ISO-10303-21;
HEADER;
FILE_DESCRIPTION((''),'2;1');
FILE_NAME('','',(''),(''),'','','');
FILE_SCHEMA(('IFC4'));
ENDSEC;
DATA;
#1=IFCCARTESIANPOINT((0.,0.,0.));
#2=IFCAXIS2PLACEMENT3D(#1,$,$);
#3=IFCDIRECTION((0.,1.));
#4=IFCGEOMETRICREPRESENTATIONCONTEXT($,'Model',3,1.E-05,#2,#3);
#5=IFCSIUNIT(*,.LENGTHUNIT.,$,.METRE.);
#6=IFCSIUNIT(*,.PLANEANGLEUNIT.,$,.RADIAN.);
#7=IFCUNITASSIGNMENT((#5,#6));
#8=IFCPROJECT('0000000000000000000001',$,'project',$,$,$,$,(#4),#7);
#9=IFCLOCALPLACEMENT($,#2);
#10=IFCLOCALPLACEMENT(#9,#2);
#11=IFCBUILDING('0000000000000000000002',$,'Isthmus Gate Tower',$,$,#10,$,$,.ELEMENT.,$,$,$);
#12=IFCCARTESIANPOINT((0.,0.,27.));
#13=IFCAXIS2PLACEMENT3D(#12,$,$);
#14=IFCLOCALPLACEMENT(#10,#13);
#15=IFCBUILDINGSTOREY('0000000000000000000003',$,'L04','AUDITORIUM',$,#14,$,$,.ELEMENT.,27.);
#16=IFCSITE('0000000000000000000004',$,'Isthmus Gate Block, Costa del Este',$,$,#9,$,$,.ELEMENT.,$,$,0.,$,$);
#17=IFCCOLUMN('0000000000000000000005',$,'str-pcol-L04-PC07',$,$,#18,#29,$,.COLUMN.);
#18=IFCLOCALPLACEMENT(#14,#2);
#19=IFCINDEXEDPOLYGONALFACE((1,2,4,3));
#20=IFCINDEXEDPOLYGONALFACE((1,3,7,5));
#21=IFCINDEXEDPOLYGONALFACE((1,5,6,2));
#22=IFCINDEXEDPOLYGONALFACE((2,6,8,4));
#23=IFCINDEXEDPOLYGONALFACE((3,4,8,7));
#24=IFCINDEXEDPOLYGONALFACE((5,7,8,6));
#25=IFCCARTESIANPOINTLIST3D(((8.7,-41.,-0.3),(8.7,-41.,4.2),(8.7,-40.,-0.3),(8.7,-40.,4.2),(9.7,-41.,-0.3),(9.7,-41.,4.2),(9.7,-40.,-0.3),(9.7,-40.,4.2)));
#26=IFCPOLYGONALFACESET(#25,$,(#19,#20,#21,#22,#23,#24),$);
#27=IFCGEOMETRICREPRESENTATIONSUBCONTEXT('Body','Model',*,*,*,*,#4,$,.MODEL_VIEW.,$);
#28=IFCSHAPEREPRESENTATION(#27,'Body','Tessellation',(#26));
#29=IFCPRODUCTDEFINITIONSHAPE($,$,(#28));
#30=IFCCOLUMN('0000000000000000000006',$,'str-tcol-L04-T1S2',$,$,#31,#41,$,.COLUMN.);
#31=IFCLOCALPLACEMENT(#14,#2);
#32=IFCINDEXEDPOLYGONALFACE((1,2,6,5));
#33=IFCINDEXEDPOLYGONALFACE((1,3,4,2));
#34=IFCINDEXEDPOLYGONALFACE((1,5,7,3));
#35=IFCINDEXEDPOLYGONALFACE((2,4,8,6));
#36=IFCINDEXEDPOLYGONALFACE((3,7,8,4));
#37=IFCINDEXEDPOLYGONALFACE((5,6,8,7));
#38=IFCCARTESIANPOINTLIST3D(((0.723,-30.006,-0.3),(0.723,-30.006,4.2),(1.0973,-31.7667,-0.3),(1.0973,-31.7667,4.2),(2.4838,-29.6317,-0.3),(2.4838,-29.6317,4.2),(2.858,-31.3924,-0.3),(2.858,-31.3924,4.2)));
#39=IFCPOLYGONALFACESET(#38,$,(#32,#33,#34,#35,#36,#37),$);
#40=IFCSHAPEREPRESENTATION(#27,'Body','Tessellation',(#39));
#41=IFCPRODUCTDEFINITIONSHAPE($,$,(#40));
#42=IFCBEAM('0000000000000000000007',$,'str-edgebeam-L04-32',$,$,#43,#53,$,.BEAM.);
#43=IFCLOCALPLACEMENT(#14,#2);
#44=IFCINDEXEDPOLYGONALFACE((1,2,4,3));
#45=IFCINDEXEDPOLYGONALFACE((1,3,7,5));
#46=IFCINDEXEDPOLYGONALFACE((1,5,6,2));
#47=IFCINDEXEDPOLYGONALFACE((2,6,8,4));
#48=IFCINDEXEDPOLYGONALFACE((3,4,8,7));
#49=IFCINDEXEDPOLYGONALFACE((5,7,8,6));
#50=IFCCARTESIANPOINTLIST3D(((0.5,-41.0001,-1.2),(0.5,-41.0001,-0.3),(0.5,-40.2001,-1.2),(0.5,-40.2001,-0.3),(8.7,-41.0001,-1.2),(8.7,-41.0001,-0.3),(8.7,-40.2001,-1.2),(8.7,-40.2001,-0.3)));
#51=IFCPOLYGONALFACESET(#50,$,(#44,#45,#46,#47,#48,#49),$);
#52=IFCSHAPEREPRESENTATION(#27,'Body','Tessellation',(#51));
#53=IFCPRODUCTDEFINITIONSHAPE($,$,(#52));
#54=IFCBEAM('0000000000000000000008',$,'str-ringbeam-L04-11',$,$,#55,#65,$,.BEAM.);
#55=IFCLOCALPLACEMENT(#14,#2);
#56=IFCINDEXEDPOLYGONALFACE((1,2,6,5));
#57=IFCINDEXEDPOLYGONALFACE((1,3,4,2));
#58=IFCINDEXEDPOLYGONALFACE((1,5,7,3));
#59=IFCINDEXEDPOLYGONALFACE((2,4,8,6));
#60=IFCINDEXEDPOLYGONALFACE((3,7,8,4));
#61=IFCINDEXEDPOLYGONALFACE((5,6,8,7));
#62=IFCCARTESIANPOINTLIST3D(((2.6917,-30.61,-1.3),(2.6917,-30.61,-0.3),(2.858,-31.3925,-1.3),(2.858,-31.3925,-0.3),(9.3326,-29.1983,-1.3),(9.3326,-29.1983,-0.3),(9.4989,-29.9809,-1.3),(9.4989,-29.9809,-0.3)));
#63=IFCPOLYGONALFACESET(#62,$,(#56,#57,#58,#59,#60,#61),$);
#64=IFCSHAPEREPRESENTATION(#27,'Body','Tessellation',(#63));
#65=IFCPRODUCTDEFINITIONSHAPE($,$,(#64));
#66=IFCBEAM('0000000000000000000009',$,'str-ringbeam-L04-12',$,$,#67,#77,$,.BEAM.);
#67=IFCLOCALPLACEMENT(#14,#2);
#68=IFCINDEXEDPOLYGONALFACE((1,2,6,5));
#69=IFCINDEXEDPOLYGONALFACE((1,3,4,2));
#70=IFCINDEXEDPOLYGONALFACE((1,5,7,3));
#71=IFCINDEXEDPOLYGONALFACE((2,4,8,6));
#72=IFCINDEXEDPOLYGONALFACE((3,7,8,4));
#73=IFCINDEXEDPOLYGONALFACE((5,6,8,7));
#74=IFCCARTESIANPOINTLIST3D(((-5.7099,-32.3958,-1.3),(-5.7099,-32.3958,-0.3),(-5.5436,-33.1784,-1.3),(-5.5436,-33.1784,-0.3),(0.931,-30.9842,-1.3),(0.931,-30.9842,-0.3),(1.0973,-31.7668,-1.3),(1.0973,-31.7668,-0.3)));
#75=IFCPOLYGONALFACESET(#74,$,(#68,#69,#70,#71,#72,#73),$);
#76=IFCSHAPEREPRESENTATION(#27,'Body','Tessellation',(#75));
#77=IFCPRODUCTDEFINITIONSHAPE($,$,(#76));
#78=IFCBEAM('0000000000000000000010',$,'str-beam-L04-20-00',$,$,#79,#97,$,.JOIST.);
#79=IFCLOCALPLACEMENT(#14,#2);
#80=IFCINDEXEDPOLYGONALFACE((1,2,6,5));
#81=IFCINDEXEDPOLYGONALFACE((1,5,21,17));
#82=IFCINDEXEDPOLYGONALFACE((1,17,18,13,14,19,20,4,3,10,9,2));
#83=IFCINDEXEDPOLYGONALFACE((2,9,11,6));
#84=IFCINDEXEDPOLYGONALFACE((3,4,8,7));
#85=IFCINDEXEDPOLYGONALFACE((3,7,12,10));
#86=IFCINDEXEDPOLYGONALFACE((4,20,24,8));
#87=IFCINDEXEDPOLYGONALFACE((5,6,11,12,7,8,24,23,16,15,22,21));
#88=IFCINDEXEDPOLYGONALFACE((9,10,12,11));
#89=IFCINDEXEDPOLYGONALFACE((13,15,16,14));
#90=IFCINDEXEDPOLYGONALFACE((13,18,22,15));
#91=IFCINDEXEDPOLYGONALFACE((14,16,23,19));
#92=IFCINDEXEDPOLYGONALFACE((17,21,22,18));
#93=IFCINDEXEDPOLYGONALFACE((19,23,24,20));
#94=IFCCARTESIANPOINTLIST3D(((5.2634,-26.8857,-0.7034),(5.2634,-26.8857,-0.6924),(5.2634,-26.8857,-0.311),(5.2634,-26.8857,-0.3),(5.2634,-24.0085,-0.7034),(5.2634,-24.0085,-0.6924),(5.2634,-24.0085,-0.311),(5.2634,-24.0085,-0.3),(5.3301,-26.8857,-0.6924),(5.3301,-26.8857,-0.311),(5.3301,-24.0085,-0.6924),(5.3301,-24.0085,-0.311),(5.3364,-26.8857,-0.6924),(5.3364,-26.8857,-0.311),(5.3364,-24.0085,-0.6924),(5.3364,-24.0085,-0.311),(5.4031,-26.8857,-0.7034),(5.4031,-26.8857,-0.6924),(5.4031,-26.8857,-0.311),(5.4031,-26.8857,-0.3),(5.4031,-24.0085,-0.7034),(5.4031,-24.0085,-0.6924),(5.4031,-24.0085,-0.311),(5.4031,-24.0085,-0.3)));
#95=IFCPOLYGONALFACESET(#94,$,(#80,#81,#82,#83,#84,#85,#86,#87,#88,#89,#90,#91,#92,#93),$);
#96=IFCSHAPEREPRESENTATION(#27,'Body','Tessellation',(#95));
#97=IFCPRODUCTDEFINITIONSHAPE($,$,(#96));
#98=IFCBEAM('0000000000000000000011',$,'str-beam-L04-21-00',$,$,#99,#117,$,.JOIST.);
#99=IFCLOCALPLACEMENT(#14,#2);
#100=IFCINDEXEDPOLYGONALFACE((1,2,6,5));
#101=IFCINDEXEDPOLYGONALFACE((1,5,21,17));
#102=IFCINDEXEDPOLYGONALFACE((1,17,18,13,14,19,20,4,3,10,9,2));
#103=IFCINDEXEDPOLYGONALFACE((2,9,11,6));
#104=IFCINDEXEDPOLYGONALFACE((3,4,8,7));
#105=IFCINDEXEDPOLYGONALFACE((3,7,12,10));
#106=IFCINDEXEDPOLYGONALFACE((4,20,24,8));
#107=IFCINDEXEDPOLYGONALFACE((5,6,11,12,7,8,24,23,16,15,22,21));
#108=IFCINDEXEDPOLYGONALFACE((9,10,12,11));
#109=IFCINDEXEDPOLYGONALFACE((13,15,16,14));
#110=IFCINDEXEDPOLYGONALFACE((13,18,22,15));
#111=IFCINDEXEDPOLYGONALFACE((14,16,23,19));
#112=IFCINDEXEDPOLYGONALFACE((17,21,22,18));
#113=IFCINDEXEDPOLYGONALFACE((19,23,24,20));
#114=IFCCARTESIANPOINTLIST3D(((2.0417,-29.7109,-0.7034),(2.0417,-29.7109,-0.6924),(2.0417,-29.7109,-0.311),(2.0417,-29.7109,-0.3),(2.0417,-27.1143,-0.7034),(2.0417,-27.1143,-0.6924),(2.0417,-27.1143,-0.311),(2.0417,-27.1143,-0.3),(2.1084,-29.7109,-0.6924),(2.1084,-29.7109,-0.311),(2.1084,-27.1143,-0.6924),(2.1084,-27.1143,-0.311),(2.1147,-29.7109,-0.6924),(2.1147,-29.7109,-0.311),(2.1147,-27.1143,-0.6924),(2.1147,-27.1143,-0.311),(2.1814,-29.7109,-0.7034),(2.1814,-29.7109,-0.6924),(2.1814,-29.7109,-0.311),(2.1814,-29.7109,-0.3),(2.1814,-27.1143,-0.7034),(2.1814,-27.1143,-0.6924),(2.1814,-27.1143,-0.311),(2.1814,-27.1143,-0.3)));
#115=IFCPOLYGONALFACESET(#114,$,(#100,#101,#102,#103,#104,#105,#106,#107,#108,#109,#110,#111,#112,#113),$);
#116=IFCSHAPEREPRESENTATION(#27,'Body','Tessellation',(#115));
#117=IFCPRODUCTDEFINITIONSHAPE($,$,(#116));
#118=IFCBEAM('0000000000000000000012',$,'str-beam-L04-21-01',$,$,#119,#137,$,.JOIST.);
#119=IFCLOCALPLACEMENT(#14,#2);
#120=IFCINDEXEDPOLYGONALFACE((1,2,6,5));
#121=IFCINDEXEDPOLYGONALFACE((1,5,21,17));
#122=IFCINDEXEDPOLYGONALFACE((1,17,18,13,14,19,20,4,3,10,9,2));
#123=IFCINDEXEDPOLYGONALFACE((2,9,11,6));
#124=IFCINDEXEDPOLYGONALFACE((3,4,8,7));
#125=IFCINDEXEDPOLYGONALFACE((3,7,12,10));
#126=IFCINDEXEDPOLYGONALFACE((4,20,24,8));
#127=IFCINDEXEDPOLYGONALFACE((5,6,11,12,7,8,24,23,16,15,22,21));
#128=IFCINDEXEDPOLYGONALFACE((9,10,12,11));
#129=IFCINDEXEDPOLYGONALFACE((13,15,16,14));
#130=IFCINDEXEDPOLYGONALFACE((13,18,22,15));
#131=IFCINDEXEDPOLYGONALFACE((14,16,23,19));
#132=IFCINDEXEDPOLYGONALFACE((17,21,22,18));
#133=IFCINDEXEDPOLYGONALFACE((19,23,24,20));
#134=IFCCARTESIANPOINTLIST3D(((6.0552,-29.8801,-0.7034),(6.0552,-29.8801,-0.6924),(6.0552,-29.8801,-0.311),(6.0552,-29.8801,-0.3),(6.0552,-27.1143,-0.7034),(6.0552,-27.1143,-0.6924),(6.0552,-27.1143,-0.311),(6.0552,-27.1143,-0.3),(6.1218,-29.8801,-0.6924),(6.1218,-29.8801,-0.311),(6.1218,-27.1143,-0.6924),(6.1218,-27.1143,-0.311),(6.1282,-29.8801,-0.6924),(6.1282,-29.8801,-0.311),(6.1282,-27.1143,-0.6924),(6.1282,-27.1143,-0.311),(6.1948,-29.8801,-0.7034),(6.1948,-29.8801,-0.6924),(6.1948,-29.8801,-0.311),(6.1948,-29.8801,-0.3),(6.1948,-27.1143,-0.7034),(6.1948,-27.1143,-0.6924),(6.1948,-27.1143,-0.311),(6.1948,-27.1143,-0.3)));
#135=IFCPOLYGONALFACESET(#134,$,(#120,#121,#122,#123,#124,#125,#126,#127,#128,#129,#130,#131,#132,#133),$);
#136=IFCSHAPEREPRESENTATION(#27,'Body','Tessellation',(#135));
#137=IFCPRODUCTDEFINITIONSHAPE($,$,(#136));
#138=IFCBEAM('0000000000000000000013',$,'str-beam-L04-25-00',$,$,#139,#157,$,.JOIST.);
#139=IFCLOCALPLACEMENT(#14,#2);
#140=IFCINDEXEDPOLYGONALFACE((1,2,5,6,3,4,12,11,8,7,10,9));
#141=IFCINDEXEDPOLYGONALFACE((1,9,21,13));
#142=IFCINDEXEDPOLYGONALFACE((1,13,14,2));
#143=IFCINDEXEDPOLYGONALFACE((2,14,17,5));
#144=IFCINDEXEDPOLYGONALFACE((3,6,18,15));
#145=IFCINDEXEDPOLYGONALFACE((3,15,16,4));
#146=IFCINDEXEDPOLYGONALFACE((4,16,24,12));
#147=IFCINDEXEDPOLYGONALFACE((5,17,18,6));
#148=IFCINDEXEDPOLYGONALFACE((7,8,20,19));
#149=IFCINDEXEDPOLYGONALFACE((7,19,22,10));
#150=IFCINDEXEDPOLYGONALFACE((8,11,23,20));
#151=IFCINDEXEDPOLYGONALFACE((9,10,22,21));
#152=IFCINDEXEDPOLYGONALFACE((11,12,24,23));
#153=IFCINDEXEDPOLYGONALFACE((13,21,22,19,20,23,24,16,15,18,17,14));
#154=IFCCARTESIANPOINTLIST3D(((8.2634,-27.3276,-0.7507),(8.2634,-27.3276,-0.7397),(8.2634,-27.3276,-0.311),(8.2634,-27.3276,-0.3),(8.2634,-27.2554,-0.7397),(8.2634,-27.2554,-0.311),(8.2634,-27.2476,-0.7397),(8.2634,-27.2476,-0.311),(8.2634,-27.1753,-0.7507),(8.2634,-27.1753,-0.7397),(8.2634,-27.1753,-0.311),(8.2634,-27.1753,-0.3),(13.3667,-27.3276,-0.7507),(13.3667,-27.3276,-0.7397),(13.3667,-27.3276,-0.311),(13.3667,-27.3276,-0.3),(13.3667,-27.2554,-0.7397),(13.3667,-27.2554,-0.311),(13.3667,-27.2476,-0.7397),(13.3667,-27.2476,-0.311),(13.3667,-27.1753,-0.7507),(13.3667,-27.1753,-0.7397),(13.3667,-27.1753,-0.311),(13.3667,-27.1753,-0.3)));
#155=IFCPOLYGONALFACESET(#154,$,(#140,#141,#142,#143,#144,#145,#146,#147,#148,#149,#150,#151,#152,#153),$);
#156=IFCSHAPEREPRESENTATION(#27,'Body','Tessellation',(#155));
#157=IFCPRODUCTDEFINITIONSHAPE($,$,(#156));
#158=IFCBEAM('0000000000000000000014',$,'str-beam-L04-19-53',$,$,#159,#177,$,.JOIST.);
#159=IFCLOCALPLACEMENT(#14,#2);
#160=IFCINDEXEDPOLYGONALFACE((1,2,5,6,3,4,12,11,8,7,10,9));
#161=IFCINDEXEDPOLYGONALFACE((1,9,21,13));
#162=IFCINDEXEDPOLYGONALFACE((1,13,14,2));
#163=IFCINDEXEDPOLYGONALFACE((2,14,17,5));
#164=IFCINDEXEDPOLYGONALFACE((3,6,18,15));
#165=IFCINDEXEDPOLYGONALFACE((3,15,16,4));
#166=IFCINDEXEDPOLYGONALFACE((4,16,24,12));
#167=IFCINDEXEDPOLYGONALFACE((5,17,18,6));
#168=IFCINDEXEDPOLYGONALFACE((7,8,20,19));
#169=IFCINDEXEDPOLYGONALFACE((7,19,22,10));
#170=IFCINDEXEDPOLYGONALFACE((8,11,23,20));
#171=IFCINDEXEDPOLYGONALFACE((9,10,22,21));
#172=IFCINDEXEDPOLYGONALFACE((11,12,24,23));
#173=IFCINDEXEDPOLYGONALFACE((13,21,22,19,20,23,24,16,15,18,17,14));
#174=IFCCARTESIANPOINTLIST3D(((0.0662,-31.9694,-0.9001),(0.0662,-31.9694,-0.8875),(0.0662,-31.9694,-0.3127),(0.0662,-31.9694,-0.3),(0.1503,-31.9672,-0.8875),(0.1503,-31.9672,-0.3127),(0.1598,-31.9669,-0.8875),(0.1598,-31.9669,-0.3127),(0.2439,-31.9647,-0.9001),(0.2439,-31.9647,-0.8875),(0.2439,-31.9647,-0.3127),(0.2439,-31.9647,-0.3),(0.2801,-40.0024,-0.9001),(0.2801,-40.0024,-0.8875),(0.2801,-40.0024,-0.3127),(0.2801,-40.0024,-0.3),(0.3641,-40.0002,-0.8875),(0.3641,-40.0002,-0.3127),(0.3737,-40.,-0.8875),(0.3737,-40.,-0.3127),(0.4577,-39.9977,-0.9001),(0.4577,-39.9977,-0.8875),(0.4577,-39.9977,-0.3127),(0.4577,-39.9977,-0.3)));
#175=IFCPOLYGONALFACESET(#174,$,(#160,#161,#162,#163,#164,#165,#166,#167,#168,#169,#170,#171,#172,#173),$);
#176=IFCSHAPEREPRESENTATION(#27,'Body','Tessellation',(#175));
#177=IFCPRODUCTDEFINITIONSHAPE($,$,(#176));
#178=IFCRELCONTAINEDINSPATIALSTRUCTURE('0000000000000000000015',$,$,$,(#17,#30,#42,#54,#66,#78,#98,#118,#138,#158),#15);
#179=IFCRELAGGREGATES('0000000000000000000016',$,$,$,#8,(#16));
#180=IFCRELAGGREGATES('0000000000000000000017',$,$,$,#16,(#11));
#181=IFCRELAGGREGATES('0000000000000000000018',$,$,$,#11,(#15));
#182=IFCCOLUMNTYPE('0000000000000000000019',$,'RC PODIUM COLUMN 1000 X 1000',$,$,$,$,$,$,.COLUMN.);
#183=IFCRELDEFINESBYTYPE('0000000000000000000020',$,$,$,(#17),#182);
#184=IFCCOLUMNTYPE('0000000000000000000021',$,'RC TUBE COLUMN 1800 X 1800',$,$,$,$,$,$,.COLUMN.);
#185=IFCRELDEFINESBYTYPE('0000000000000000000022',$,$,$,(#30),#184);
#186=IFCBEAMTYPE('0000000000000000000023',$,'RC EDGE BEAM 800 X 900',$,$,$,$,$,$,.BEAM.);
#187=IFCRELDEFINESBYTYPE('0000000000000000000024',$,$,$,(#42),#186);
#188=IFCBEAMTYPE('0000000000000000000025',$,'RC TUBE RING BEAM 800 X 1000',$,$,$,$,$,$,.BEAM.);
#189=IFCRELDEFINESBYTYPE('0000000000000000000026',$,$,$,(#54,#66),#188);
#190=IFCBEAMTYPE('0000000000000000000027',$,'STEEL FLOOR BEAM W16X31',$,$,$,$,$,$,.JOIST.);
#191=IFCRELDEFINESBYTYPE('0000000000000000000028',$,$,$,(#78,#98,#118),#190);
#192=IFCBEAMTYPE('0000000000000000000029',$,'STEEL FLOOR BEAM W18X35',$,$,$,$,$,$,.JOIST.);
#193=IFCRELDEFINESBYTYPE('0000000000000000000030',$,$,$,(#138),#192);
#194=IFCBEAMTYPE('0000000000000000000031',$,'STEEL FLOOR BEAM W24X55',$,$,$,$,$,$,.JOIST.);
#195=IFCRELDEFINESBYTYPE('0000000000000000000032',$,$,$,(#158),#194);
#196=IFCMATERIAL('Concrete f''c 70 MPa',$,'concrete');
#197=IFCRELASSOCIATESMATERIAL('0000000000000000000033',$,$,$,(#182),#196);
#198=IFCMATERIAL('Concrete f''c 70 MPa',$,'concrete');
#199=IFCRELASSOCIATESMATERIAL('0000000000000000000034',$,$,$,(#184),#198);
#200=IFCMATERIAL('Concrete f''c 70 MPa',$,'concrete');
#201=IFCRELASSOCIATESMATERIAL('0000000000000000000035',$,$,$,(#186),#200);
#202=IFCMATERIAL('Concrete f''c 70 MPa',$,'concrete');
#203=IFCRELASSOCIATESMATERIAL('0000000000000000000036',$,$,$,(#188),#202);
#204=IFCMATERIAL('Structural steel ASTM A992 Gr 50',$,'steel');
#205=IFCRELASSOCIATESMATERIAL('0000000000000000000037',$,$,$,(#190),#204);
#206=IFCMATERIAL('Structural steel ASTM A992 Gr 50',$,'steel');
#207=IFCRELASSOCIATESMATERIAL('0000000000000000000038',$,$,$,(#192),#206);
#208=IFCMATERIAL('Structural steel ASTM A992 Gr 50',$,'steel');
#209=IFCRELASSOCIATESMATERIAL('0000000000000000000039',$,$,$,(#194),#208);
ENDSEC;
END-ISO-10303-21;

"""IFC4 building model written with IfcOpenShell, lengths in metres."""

from ifc_helpers import new_model, si_unit, direction, frame, origin, origin_2d, place, context, subcontext, project, spatial, rectangle, i_section, extrude, material, material_profile, profile_set, type_object, element, save


model = new_model("IFC4")

# Units and contexts
model_context = context("Model", 3, precision=1e-05, world=origin(), true_north=direction((0.0, 1.0)))
body_context = subcontext(model_context, "Body", "Model", "MODEL_VIEW")
ifc_project = project(units=[si_unit("LENGTHUNIT", "METRE"), si_unit("PLANEANGLEUNIT", "RADIAN")], contexts=[model_context])

# Site, building, storey
site_placement = place(None, origin())
site = spatial("IfcSite", under=ifc_project, at=site_placement, Name="Isthmus Gate Block, Costa del Este", CompositionType="ELEMENT", RefElevation=0.0)
building_placement = place(site_placement, origin())
building = spatial("IfcBuilding", under=site, at=building_placement, Name="Isthmus Gate Tower", CompositionType="ELEMENT")
storey_placement = place(building_placement, frame((0.0, 0.0, 27.0)))
storey = spatial("IfcBuildingStorey", under=building, at=storey_placement, Name="L04", Description="AUDITORIUM", CompositionType="ELEMENT", Elevation=27.0)

# Columns
ifc_material_1 = material(Name="Concrete f'c 70 MPa", Category="concrete")
ifc_material_profile_1 = material_profile(ifc_material_1, rectangle(XDim=1.0, YDim=1.0, at=origin_2d()), Name="RC 1000X1000")
ifc_profile_set_1 = profile_set([ifc_material_profile_1], Name="Concrete f'c 70 MPa")
column_type_1 = type_object("IfcColumnType", Name="RC PODIUM COLUMN 1000 X 1000", PredefinedType="COLUMN", material=ifc_profile_set_1)
column_1_placement = place(storey_placement, frame((9.2, -40.5, -0.3), z_axis=(0.0, 0.0, 1.0), x_axis=(1.0, 0.0, 0.0)))
element("IfcColumn", 1, at=column_1_placement, inside=storey, type_object=column_type_1, Name="str-pcol-L04-PC07", PredefinedType="COLUMN", context=body_context, shape_type="SweptSolid", body=[
    extrude(rectangle(XDim=1.0, YDim=1.0, at=origin_2d()), origin(), (0.0, 0.0, 1.0), 4.5),
])
ifc_material_2 = material(Name="Concrete f'c 70 MPa", Category="concrete")
ifc_material_profile_2 = material_profile(ifc_material_2, rectangle(XDim=1.8, YDim=1.8, at=origin_2d()), Name="RC 1800X1800")
ifc_profile_set_2 = profile_set([ifc_material_profile_2], Name="Concrete f'c 70 MPa")
column_type_2 = type_object("IfcColumnType", Name="RC TUBE COLUMN 1800 X 1800", PredefinedType="COLUMN", material=ifc_profile_set_2)
column_2_placement = place(storey_placement, frame((1.7905, -30.6992, -0.3), z_axis=(0.0, 0.0, 1.0), x_axis=(0.978148, 0.207912, 0.0)))
element("IfcColumn", 2, at=column_2_placement, inside=storey, type_object=column_type_2, Name="str-tcol-L04-T1S2", PredefinedType="COLUMN", context=body_context, shape_type="SweptSolid", body=[
    extrude(rectangle(XDim=1.8, YDim=1.8, at=origin_2d()), origin(), (0.0, 0.0, 1.0), 4.5),
])

# Beams
ifc_material_3 = material(Name="Concrete f'c 70 MPa", Category="concrete")
ifc_material_profile_3 = material_profile(ifc_material_3, rectangle(XDim=0.8, YDim=0.8999, at=origin_2d()), Name="RC 800X900")
ifc_profile_set_3 = profile_set([ifc_material_profile_3], Name="Concrete f'c 70 MPa")
beam_type_1 = type_object("IfcBeamType", Name="RC EDGE BEAM 800 X 900", PredefinedType="BEAM", material=ifc_profile_set_3)
beam_1_placement = place(storey_placement, frame((8.7, -40.6001, -0.75), z_axis=(-1.0, 0.0, 0.0), x_axis=(0.0, -1.0, 0.0)))
element("IfcBeam", 3, at=beam_1_placement, inside=storey, type_object=beam_type_1, Name="str-edgebeam-L04-32", PredefinedType="BEAM", context=body_context, shape_type="SweptSolid", body=[
    extrude(rectangle(XDim=0.8, YDim=0.8999, at=origin_2d()), origin(), (0.0, 0.0, 1.0), 8.2),
])
ifc_material_4 = material(Name="Concrete f'c 70 MPa", Category="concrete")
ifc_material_profile_4 = material_profile(ifc_material_4, rectangle(XDim=0.8, YDim=1.0, at=origin_2d()), Name="RC 800X1000")
ifc_profile_set_4 = profile_set([ifc_material_profile_4], Name="Concrete f'c 70 MPa")
beam_type_2 = type_object("IfcBeamType", Name="RC TUBE RING BEAM 800 X 1000", PredefinedType="BEAM", material=ifc_profile_set_4)
for number, where, z_axis, x_axis, name in (
    (4, (9.4158, -29.5896, -0.8), (-0.978146, -0.20792, 0.0), (0.20792, -0.978146, 0.0), "str-ringbeam-L04-11"),
    (5, (1.0142, -31.3755, -0.8), (-0.978146, -0.20792, 0.0), (0.20792, -0.978146, 0.0), "str-ringbeam-L04-12"),
):
    element("IfcBeam", number, at=place(storey_placement, frame(where, z_axis=z_axis, x_axis=x_axis)), inside=storey, type_object=beam_type_2, Name=name, PredefinedType="BEAM", context=body_context, shape_type="SweptSolid", body=[
        extrude(rectangle(XDim=0.8, YDim=1.0, at=origin_2d()), origin(), (0.0, 0.0, 1.0), 6.7893),
    ])
ifc_material_5 = material(Name="Structural steel ASTM A992 Gr 50", Category="steel")
ifc_material_profile_5 = material_profile(ifc_material_5, i_section(OverallWidth=0.1396, OverallDepth=0.4033, WebThickness=0.0063, FlangeThickness=0.011, at=origin_2d()), Name="W16X31")
ifc_profile_set_5 = profile_set([ifc_material_profile_5], Name="Structural steel ASTM A992 Gr 50")
beam_type_3 = type_object("IfcBeamType", Name="STEEL FLOOR BEAM W16X31", PredefinedType="JOIST", material=ifc_profile_set_5)
beam_2_placement = place(storey_placement, frame((5.3333, -26.8857, -0.5017), z_axis=(0.0, 1.0, 0.0), x_axis=(-1.0, 0.0, 0.0)))
element("IfcBeam", 6, at=beam_2_placement, inside=storey, type_object=beam_type_3, Name="str-beam-L04-20-00", PredefinedType="JOIST", context=body_context, shape_type="SweptSolid", body=[
    extrude(i_section(OverallWidth=0.1396, OverallDepth=0.4033, WebThickness=0.0063, FlangeThickness=0.011, at=origin_2d()), origin(), (0.0, 0.0, 1.0), 2.8772),
])
beam_3_placement = place(storey_placement, frame((2.1116, -29.7109, -0.5017), z_axis=(0.0, 1.0, 0.0), x_axis=(-1.0, 0.0, 0.0)))
element("IfcBeam", 7, at=beam_3_placement, inside=storey, type_object=beam_type_3, Name="str-beam-L04-21-00", PredefinedType="JOIST", context=body_context, shape_type="SweptSolid", body=[
    extrude(i_section(OverallWidth=0.1396, OverallDepth=0.4033, WebThickness=0.0063, FlangeThickness=0.011, at=origin_2d()), origin(), (0.0, 0.0, 1.0), 2.5967),
])
beam_4_placement = place(storey_placement, frame((6.125, -29.8801, -0.5017), z_axis=(0.0, 1.0, 0.0), x_axis=(-1.0, 0.0, 0.0)))
element("IfcBeam", 8, at=beam_4_placement, inside=storey, type_object=beam_type_3, Name="str-beam-L04-21-01", PredefinedType="JOIST", context=body_context, shape_type="SweptSolid", body=[
    extrude(i_section(OverallWidth=0.1396, OverallDepth=0.4033, WebThickness=0.0063, FlangeThickness=0.011, at=origin_2d()), origin(), (0.0, 0.0, 1.0), 2.7659),
])
ifc_material_6 = material(Name="Structural steel ASTM A992 Gr 50", Category="steel")
ifc_material_profile_6 = material_profile(ifc_material_6, i_section(OverallWidth=0.1523, OverallDepth=0.4507, WebThickness=0.0078, FlangeThickness=0.011, at=origin_2d()), Name="W18X35")
ifc_profile_set_6 = profile_set([ifc_material_profile_6], Name="Structural steel ASTM A992 Gr 50")
beam_type_4 = type_object("IfcBeamType", Name="STEEL FLOOR BEAM W18X35", PredefinedType="JOIST", material=ifc_profile_set_6)
beam_5_placement = place(storey_placement, frame((8.2634, -27.2515, -0.5254), z_axis=(1.0, 0.0, 0.0), x_axis=(0.0, 1.0, 0.0)))
element("IfcBeam", 9, at=beam_5_placement, inside=storey, type_object=beam_type_4, Name="str-beam-L04-25-00", PredefinedType="JOIST", context=body_context, shape_type="SweptSolid", body=[
    extrude(i_section(OverallWidth=0.1523, OverallDepth=0.4507, WebThickness=0.0078, FlangeThickness=0.011, at=origin_2d()), origin(), (0.0, 0.0, 1.0), 5.1033),
])
ifc_material_7 = material(Name="Structural steel ASTM A992 Gr 50", Category="steel")
ifc_material_profile_7 = material_profile(ifc_material_7, i_section(OverallWidth=0.1777, OverallDepth=0.6001, WebThickness=0.0095, FlangeThickness=0.0127, at=origin_2d()), Name="W24X55")
ifc_profile_set_7 = profile_set([ifc_material_profile_7], Name="Structural steel ASTM A992 Gr 50")
beam_type_5 = type_object("IfcBeamType", Name="STEEL FLOOR BEAM W24X55", PredefinedType="JOIST", material=ifc_profile_set_7)
beam_6_placement = place(storey_placement, frame((0.155, -31.967, -0.6001), z_axis=(0.026614, -0.999646, 0.0), x_axis=(0.999646, 0.026614, 0.0)))
element("IfcBeam", 10, at=beam_6_placement, inside=storey, type_object=beam_type_5, Name="str-beam-L04-19-53", PredefinedType="JOIST", context=body_context, shape_type="SweptSolid", body=[
    extrude(i_section(OverallWidth=0.1777, OverallDepth=0.6001, WebThickness=0.0095, FlangeThickness=0.0127, at=origin_2d()), origin(), (0.0, 0.0, 1.0), 8.0359),
])

save(model, "model.ifc")
